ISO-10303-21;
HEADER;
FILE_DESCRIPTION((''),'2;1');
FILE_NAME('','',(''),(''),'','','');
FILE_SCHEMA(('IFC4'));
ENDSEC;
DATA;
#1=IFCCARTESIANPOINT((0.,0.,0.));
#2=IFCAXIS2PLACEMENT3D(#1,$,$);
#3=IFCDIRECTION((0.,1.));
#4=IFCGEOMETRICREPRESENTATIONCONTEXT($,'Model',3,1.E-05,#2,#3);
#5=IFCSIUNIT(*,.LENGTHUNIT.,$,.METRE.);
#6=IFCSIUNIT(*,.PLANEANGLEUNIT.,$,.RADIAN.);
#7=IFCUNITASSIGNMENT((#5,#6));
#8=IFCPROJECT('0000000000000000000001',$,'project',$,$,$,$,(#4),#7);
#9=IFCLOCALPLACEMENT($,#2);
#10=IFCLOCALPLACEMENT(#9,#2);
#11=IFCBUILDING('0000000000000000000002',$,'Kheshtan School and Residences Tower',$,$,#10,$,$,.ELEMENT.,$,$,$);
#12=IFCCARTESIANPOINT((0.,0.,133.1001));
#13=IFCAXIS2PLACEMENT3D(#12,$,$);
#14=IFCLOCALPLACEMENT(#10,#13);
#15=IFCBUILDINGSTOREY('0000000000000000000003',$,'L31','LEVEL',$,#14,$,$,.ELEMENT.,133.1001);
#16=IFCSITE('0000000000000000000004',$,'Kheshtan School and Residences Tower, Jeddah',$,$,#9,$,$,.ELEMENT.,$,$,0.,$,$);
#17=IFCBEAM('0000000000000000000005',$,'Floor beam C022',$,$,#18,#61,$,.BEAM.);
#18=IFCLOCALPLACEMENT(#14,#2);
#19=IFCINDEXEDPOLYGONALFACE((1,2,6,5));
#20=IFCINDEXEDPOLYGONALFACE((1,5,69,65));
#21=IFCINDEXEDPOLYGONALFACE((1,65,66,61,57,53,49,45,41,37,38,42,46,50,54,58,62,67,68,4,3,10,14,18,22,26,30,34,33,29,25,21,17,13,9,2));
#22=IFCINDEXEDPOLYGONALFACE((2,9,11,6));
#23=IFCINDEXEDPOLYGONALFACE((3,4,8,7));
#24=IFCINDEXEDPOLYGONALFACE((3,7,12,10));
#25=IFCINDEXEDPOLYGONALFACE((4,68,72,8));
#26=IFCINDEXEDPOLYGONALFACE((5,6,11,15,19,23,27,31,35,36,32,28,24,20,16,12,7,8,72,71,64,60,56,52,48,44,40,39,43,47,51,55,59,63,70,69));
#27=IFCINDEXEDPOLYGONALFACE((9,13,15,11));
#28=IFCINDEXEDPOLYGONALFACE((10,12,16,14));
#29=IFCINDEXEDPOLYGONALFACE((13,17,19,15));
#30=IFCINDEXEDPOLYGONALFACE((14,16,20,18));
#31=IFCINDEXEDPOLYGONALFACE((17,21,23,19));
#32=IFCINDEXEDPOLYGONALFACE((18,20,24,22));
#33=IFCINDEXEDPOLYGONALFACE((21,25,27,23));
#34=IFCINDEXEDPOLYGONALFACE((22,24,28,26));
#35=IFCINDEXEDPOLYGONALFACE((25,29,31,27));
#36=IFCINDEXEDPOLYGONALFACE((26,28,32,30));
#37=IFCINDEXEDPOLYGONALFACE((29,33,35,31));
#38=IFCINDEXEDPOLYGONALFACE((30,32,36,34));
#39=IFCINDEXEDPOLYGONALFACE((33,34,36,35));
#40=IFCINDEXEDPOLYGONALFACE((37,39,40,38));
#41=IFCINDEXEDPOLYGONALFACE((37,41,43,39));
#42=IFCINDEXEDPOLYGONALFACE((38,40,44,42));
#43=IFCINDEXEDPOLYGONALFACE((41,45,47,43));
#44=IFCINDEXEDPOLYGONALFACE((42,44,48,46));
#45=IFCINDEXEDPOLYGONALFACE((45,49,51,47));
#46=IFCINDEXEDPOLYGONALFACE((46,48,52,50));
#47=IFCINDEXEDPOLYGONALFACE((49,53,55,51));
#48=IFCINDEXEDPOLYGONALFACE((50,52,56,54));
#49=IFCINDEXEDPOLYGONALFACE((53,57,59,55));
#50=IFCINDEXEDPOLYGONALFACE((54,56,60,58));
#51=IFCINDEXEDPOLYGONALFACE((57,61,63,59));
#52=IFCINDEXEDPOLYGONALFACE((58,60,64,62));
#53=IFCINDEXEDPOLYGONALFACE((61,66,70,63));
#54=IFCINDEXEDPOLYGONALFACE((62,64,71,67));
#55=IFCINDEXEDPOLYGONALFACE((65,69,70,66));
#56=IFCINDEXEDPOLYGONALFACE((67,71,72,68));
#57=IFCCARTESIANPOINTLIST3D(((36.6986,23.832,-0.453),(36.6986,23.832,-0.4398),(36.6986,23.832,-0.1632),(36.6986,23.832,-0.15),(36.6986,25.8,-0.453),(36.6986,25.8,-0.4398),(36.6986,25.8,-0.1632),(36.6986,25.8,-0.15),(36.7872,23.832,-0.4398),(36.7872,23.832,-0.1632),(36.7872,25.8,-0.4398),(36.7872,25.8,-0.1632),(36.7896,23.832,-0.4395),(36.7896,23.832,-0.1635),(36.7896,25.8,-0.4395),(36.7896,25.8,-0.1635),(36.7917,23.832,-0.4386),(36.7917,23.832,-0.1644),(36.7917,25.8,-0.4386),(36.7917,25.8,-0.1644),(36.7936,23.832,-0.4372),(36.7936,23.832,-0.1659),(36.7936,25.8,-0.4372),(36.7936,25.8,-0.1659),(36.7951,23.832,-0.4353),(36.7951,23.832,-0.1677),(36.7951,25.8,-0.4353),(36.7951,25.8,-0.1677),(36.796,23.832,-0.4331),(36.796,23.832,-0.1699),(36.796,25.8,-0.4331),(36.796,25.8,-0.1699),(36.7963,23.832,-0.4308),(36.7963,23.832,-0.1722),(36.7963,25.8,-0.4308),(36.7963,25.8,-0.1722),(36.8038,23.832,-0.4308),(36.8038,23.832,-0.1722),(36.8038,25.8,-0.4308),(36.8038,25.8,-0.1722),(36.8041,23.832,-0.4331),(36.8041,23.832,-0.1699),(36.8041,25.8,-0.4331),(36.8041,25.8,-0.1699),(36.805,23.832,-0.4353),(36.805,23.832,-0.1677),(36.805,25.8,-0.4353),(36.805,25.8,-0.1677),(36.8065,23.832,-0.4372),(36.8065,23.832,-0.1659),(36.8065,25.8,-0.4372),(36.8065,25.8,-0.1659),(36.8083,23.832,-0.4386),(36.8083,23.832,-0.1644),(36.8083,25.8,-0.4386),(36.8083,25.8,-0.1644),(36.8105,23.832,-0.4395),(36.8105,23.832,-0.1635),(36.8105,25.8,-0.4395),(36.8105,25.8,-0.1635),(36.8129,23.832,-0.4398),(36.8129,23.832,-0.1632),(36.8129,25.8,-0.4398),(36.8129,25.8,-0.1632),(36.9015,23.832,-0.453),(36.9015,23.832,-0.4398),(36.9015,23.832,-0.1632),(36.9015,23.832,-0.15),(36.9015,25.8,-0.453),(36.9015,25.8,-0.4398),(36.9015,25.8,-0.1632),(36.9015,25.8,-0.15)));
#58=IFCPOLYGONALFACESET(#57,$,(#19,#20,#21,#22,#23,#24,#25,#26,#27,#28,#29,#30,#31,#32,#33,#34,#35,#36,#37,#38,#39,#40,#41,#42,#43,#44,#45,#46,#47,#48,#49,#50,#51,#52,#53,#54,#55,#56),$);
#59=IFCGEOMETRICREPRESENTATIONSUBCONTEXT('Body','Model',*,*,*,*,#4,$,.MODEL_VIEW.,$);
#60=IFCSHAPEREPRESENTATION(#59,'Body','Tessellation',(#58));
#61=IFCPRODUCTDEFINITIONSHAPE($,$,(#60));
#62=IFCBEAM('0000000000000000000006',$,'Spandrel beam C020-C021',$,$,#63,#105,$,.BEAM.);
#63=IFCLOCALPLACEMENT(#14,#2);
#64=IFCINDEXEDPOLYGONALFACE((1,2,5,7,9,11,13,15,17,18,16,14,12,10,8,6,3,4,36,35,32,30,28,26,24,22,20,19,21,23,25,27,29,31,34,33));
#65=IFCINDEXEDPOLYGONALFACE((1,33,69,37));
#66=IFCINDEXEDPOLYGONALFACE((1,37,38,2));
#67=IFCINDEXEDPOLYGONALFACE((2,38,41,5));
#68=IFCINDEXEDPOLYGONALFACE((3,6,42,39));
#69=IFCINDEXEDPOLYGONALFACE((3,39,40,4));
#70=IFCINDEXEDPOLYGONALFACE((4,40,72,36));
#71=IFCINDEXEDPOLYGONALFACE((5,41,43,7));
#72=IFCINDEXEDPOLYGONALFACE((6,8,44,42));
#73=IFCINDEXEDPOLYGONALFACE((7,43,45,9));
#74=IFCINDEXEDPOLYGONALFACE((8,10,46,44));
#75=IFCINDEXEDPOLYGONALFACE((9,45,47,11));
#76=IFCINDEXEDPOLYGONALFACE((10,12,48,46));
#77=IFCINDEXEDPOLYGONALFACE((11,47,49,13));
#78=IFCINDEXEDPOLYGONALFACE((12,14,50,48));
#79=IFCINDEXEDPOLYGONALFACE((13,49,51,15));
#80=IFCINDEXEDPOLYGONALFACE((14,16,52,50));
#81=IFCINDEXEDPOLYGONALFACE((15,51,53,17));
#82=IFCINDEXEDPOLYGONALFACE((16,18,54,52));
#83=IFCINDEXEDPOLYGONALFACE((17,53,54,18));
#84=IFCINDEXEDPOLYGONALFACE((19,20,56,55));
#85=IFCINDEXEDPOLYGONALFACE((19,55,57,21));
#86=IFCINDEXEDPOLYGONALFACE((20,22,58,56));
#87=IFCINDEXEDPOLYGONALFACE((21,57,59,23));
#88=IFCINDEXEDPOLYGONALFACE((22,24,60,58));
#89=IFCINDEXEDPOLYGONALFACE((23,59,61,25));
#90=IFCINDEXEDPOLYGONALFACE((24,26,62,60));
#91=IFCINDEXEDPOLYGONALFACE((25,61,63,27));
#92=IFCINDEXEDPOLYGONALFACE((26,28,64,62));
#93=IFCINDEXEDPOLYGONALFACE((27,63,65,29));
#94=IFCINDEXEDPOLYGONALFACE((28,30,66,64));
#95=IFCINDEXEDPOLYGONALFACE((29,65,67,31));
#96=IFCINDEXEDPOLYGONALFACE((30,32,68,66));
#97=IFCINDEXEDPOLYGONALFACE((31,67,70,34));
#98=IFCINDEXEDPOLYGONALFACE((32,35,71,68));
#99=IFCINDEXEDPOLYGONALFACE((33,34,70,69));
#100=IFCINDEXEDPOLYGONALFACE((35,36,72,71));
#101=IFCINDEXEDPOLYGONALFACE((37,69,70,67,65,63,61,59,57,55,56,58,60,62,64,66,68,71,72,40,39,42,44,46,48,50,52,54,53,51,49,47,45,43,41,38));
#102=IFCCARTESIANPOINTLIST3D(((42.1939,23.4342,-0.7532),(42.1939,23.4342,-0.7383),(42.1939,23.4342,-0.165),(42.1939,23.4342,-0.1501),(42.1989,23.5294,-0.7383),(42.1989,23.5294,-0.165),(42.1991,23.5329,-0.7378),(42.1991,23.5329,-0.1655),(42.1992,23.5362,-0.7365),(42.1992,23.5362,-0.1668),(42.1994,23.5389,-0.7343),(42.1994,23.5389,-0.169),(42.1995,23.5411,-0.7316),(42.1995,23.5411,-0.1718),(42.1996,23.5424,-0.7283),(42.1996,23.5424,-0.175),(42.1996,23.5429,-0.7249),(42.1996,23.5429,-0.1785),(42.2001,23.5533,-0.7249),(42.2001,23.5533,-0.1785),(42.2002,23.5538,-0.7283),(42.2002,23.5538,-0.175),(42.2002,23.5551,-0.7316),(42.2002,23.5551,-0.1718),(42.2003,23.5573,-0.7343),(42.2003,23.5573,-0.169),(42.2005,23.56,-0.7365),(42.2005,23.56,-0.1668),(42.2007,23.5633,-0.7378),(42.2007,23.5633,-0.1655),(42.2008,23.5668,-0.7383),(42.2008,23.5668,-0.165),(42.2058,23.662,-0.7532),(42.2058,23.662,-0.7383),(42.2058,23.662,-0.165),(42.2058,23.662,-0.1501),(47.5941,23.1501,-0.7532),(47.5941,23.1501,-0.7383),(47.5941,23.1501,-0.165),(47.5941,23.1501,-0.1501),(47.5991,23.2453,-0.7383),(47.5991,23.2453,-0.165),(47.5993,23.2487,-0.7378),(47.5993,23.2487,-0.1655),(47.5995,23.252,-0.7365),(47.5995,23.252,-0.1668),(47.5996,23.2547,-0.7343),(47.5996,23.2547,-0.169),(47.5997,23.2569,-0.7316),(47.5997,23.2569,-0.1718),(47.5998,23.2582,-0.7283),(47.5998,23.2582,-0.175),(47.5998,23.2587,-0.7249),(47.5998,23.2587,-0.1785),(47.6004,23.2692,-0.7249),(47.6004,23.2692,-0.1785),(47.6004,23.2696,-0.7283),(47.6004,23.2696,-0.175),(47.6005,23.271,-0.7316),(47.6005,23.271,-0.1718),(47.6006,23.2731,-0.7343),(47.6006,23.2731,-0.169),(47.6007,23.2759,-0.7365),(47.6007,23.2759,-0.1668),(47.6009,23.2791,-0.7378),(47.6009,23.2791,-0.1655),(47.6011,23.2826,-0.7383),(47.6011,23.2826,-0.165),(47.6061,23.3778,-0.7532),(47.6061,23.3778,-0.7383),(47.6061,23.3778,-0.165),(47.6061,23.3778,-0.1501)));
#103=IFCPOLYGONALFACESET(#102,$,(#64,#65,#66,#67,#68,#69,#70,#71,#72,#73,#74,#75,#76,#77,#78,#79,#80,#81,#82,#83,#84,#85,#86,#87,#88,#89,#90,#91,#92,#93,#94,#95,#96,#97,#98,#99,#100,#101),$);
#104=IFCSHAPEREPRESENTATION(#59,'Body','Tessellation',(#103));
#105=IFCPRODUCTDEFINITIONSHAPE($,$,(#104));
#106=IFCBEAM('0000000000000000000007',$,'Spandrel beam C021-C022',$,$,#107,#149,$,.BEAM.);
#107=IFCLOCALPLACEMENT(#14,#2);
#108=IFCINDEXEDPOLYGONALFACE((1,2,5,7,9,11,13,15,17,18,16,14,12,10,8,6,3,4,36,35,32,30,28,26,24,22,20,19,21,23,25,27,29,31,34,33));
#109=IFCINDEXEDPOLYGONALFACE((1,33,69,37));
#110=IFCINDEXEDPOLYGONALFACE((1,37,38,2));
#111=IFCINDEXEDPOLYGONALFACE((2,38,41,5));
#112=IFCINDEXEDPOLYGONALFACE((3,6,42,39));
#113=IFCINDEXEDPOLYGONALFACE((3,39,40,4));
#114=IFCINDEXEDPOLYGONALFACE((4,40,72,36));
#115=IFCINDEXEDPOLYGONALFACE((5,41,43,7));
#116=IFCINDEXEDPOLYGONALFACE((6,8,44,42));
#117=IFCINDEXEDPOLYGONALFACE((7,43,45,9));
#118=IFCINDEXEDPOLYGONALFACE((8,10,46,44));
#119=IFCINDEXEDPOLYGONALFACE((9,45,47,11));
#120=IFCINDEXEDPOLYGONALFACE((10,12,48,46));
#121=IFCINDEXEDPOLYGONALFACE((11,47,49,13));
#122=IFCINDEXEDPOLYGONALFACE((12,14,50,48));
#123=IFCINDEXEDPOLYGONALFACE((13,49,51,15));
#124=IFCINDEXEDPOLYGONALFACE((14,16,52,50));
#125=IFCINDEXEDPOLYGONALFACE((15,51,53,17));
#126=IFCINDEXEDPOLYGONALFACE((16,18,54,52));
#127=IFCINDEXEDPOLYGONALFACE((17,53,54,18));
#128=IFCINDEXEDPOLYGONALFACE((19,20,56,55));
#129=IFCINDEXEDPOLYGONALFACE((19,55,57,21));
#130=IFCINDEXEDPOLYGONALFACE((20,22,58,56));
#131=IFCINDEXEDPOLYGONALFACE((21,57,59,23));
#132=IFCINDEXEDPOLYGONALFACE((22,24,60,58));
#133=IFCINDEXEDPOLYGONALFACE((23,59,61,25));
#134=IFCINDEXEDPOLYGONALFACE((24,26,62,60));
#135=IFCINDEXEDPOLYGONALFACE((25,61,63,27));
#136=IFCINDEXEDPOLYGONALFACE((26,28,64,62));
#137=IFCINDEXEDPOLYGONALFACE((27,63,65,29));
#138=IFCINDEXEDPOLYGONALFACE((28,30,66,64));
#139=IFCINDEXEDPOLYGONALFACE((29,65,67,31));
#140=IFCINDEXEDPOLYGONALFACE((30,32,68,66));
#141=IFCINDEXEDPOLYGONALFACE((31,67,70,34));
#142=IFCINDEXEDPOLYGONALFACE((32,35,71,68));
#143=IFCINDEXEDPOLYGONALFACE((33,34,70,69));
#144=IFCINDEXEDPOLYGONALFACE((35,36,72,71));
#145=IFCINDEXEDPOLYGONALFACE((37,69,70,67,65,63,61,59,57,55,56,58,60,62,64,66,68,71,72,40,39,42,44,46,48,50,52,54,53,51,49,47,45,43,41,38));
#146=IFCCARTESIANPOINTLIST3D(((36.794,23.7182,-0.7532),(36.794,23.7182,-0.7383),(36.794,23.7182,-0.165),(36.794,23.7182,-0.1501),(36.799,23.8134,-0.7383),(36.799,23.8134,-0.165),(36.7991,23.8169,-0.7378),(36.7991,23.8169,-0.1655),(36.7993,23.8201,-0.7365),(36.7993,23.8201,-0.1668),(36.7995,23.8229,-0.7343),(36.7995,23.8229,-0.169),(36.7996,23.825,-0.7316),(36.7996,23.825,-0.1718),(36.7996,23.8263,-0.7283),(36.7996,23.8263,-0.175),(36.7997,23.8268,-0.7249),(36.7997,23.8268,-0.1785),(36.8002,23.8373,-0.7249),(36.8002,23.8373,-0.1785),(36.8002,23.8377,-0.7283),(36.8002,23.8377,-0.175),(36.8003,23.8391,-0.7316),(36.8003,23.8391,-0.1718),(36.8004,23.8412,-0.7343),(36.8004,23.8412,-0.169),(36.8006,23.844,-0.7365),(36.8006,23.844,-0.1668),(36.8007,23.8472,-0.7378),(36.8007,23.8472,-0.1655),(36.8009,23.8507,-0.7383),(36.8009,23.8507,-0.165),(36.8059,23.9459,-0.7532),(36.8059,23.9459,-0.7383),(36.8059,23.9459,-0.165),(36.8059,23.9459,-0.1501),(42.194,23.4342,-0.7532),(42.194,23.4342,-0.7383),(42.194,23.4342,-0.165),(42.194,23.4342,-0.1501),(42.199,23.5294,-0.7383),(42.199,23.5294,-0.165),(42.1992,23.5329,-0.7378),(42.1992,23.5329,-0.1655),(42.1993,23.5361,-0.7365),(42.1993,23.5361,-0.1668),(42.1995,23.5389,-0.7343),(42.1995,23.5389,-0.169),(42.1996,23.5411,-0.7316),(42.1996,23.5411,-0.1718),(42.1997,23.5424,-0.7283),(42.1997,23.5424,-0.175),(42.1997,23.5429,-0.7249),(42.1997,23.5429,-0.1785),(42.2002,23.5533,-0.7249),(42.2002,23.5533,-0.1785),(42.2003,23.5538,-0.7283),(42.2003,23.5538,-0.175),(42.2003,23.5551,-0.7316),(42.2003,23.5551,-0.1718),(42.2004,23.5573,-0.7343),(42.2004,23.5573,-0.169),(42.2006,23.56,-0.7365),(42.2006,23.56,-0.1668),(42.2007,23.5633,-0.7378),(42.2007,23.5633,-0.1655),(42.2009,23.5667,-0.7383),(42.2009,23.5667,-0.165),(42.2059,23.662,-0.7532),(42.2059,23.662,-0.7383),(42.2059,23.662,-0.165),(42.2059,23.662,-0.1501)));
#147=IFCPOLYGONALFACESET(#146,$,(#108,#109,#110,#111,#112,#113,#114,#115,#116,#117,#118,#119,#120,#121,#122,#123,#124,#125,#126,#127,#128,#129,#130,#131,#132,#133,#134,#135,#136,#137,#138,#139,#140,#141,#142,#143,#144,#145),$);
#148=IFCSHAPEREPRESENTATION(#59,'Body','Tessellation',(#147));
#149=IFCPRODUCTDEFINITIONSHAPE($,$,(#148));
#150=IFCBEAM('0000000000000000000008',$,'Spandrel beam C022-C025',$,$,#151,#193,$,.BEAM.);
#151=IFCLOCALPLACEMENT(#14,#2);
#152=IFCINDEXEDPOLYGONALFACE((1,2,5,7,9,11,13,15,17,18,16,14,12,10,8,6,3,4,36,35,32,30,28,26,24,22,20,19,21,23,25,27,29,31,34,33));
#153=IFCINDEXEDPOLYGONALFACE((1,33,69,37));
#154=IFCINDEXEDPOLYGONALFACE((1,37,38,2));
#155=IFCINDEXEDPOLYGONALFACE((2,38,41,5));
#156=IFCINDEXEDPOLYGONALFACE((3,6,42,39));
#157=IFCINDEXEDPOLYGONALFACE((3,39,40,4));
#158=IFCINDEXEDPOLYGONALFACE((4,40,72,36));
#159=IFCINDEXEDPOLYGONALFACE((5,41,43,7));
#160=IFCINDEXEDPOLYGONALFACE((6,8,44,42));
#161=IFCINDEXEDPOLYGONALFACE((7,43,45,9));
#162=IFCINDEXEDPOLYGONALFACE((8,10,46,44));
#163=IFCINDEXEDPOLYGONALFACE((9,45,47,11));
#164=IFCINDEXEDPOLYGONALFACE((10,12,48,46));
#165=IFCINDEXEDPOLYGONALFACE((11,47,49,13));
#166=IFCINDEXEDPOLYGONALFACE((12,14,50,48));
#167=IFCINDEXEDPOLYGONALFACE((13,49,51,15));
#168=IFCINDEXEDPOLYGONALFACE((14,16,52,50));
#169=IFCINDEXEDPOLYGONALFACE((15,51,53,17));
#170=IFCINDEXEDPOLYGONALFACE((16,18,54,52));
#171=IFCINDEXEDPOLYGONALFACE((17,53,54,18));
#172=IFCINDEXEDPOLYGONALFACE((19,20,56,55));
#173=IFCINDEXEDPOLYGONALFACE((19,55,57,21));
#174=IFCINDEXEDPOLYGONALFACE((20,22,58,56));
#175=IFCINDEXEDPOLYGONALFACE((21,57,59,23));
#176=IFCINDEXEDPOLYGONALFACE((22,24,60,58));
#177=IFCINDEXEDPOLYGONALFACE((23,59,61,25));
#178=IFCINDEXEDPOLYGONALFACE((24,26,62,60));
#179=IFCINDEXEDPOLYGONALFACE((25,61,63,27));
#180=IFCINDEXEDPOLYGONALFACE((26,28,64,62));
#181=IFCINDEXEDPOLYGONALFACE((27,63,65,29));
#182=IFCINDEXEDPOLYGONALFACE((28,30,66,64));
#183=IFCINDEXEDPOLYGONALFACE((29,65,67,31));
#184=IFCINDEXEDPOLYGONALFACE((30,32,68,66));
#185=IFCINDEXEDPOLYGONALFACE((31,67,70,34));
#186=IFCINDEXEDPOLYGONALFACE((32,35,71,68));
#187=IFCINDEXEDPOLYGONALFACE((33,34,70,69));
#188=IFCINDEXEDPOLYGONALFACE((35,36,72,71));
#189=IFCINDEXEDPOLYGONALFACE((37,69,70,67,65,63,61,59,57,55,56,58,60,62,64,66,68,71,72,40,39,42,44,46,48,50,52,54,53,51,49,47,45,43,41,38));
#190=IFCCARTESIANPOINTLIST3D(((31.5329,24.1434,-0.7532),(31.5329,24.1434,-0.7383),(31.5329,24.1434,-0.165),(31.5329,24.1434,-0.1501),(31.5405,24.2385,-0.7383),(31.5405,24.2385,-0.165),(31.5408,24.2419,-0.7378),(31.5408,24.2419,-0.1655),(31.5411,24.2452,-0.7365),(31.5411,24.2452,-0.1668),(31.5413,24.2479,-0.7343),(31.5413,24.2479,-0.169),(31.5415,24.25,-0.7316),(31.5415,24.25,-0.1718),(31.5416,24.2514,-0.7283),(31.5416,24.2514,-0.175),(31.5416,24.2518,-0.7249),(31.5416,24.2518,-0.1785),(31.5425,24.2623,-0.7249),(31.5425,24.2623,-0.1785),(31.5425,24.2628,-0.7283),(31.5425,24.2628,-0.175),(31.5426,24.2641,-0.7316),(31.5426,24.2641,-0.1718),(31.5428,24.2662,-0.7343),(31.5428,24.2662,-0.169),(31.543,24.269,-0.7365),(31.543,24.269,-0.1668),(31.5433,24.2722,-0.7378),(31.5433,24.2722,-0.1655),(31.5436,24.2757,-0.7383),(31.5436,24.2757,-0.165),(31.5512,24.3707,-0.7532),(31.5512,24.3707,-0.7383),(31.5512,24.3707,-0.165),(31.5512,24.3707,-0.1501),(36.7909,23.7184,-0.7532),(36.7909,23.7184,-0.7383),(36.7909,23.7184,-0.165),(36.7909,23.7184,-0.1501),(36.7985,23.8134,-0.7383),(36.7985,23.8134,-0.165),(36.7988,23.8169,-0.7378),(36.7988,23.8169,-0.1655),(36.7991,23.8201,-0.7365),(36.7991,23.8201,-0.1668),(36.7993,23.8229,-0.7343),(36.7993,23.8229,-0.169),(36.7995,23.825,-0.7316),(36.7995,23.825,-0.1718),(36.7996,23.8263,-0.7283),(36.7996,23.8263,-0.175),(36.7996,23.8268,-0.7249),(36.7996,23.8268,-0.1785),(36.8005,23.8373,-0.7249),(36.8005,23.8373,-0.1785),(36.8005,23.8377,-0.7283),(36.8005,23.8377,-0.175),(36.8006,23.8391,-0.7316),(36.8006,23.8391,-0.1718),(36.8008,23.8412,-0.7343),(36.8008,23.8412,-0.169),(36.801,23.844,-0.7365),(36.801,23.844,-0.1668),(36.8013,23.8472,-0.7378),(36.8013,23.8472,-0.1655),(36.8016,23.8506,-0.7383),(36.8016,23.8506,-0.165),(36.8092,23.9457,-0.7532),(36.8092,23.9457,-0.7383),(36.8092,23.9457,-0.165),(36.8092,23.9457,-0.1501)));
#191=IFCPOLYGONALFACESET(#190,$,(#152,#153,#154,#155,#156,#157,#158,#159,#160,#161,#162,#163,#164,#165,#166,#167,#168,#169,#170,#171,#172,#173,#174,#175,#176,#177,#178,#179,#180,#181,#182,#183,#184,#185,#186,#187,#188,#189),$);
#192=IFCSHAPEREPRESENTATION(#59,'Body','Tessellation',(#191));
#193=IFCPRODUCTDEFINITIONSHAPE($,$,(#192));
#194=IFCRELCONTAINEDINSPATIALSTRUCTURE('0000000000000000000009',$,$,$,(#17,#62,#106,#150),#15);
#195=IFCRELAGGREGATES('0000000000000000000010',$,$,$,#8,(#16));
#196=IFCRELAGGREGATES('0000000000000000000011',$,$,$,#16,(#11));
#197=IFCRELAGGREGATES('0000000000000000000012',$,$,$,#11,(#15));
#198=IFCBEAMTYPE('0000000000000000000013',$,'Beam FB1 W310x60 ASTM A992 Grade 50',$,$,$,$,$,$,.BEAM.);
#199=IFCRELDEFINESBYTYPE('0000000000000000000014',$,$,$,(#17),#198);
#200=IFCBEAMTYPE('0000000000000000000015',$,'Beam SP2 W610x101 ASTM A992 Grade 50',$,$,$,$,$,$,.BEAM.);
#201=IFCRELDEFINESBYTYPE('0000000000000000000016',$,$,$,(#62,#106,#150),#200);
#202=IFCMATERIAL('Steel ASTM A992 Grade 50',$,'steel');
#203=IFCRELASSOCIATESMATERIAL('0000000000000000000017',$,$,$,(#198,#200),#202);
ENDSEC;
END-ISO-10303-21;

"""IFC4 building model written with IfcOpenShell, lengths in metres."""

from ifc_helpers import new_model, si_unit, direction, frame, origin, origin_2d, place, context, subcontext, project, spatial, i_section, extrude, material, material_profile, profile_set, type_object, element, save


model = new_model("IFC4")

# Units and contexts
model_context = context("Model", 3, precision=1e-05, world=origin(), true_north=direction((0.0, 1.0)))
body_context = subcontext(model_context, "Body", "Model", "MODEL_VIEW")
ifc_project = project(units=[si_unit("LENGTHUNIT", "METRE"), si_unit("PLANEANGLEUNIT", "RADIAN")], contexts=[model_context])

# Site, building, storey
site_placement = place(None, origin())
site = spatial("IfcSite", under=ifc_project, at=site_placement, Name="Kheshtan School and Residences Tower, Jeddah", CompositionType="ELEMENT", RefElevation=0.0)
building_placement = place(site_placement, origin())
building = spatial("IfcBuilding", under=site, at=building_placement, Name="Kheshtan School and Residences Tower", CompositionType="ELEMENT")
storey_placement = place(building_placement, frame((0.0, 0.0, 133.1001)))
storey = spatial("IfcBuildingStorey", under=building, at=storey_placement, Name="L31", Description="LEVEL", CompositionType="ELEMENT", Elevation=133.1001)

# Shared definitions
ifc_material_1 = material(Name="Steel ASTM A992 Grade 50", Category="steel")

# Beams
ifc_material_profile_1 = material_profile(ifc_material_1, i_section(OverallWidth=0.2029, OverallDepth=0.303, WebThickness=0.0076, FlangeThickness=0.0132, FilletRadius=0.009, at=origin_2d()), Name="W310x60")
ifc_profile_set_1 = profile_set([ifc_material_profile_1], Name="Steel ASTM A992 Grade 50")
beam_type_1 = type_object("IfcBeamType", Name="Beam FB1 W310x60 ASTM A992 Grade 50", PredefinedType="BEAM", material=ifc_profile_set_1)
beam_1_placement = place(storey_placement, frame((36.8, 23.832, -0.3015), z_axis=(0.0, 1.0, 0.0), x_axis=(-1.0, 0.0, 0.0)))
element("IfcBeam", 1, at=beam_1_placement, inside=storey, type_object=beam_type_1, Name="Floor beam C022", PredefinedType="BEAM", context=body_context, shape_type="SweptSolid", body=[
    extrude(i_section(OverallWidth=0.2029, OverallDepth=0.303, WebThickness=0.0076, FlangeThickness=0.0132, FilletRadius=0.009, at=origin_2d()), origin(), (0.0, 0.0, 1.0), 1.968),
])
ifc_material_profile_2 = material_profile(ifc_material_1, i_section(OverallWidth=0.228, OverallDepth=0.603, WebThickness=0.0105, FlangeThickness=0.0149, FilletRadius=0.0134, at=origin_2d()), Name="W610x101")
ifc_profile_set_2 = profile_set([ifc_material_profile_2], Name="Steel ASTM A992 Grade 50")
beam_type_2 = type_object("IfcBeamType", Name="Beam SP2 W610x101 ASTM A992 Grade 50", PredefinedType="BEAM", material=ifc_profile_set_2)
beam_2_placement = place(storey_placement, frame((47.6001, 23.2639, -0.4517), z_axis=(-0.998618, 0.052552, 0.0), x_axis=(-0.052552, -0.998618, 0.0)))
element("IfcBeam", 2, at=beam_2_placement, inside=storey, type_object=beam_type_2, Name="Spandrel beam C020-C021", PredefinedType="BEAM", context=body_context, shape_type="SweptSolid", body=[
    extrude(i_section(OverallWidth=0.228, OverallDepth=0.603, WebThickness=0.0105, FlangeThickness=0.0149, FilletRadius=0.0134, at=origin_2d()), origin(), (0.0, 0.0, 1.0), 5.4077),
])
beam_3_placement = place(storey_placement, frame((42.2, 23.5481, -0.4517), z_axis=(-0.99862, 0.052509, 0.0), x_axis=(-0.052509, -0.99862, 0.0)))
element("IfcBeam", 3, at=beam_3_placement, inside=storey, type_object=beam_type_2, Name="Spandrel beam C021-C022", PredefinedType="BEAM", context=body_context, shape_type="SweptSolid", body=[
    extrude(i_section(OverallWidth=0.228, OverallDepth=0.603, WebThickness=0.0105, FlangeThickness=0.0149, FilletRadius=0.0134, at=origin_2d()), origin(), (0.0, 0.0, 1.0), 5.4075),
])
beam_4_placement = place(storey_placement, frame((36.8, 23.832, -0.4517), z_axis=(-0.996749, 0.080575, 0.0), x_axis=(-0.080575, -0.996749, 0.0)))
element("IfcBeam", 4, at=beam_4_placement, inside=storey, type_object=beam_type_2, Name="Spandrel beam C022-C025", PredefinedType="BEAM", context=body_context, shape_type="SweptSolid", body=[
    extrude(i_section(OverallWidth=0.228, OverallDepth=0.603, WebThickness=0.0105, FlangeThickness=0.0149, FilletRadius=0.0134, at=origin_2d()), origin(), (0.0, 0.0, 1.0), 5.2751),
])

save(model, "model.ifc")
